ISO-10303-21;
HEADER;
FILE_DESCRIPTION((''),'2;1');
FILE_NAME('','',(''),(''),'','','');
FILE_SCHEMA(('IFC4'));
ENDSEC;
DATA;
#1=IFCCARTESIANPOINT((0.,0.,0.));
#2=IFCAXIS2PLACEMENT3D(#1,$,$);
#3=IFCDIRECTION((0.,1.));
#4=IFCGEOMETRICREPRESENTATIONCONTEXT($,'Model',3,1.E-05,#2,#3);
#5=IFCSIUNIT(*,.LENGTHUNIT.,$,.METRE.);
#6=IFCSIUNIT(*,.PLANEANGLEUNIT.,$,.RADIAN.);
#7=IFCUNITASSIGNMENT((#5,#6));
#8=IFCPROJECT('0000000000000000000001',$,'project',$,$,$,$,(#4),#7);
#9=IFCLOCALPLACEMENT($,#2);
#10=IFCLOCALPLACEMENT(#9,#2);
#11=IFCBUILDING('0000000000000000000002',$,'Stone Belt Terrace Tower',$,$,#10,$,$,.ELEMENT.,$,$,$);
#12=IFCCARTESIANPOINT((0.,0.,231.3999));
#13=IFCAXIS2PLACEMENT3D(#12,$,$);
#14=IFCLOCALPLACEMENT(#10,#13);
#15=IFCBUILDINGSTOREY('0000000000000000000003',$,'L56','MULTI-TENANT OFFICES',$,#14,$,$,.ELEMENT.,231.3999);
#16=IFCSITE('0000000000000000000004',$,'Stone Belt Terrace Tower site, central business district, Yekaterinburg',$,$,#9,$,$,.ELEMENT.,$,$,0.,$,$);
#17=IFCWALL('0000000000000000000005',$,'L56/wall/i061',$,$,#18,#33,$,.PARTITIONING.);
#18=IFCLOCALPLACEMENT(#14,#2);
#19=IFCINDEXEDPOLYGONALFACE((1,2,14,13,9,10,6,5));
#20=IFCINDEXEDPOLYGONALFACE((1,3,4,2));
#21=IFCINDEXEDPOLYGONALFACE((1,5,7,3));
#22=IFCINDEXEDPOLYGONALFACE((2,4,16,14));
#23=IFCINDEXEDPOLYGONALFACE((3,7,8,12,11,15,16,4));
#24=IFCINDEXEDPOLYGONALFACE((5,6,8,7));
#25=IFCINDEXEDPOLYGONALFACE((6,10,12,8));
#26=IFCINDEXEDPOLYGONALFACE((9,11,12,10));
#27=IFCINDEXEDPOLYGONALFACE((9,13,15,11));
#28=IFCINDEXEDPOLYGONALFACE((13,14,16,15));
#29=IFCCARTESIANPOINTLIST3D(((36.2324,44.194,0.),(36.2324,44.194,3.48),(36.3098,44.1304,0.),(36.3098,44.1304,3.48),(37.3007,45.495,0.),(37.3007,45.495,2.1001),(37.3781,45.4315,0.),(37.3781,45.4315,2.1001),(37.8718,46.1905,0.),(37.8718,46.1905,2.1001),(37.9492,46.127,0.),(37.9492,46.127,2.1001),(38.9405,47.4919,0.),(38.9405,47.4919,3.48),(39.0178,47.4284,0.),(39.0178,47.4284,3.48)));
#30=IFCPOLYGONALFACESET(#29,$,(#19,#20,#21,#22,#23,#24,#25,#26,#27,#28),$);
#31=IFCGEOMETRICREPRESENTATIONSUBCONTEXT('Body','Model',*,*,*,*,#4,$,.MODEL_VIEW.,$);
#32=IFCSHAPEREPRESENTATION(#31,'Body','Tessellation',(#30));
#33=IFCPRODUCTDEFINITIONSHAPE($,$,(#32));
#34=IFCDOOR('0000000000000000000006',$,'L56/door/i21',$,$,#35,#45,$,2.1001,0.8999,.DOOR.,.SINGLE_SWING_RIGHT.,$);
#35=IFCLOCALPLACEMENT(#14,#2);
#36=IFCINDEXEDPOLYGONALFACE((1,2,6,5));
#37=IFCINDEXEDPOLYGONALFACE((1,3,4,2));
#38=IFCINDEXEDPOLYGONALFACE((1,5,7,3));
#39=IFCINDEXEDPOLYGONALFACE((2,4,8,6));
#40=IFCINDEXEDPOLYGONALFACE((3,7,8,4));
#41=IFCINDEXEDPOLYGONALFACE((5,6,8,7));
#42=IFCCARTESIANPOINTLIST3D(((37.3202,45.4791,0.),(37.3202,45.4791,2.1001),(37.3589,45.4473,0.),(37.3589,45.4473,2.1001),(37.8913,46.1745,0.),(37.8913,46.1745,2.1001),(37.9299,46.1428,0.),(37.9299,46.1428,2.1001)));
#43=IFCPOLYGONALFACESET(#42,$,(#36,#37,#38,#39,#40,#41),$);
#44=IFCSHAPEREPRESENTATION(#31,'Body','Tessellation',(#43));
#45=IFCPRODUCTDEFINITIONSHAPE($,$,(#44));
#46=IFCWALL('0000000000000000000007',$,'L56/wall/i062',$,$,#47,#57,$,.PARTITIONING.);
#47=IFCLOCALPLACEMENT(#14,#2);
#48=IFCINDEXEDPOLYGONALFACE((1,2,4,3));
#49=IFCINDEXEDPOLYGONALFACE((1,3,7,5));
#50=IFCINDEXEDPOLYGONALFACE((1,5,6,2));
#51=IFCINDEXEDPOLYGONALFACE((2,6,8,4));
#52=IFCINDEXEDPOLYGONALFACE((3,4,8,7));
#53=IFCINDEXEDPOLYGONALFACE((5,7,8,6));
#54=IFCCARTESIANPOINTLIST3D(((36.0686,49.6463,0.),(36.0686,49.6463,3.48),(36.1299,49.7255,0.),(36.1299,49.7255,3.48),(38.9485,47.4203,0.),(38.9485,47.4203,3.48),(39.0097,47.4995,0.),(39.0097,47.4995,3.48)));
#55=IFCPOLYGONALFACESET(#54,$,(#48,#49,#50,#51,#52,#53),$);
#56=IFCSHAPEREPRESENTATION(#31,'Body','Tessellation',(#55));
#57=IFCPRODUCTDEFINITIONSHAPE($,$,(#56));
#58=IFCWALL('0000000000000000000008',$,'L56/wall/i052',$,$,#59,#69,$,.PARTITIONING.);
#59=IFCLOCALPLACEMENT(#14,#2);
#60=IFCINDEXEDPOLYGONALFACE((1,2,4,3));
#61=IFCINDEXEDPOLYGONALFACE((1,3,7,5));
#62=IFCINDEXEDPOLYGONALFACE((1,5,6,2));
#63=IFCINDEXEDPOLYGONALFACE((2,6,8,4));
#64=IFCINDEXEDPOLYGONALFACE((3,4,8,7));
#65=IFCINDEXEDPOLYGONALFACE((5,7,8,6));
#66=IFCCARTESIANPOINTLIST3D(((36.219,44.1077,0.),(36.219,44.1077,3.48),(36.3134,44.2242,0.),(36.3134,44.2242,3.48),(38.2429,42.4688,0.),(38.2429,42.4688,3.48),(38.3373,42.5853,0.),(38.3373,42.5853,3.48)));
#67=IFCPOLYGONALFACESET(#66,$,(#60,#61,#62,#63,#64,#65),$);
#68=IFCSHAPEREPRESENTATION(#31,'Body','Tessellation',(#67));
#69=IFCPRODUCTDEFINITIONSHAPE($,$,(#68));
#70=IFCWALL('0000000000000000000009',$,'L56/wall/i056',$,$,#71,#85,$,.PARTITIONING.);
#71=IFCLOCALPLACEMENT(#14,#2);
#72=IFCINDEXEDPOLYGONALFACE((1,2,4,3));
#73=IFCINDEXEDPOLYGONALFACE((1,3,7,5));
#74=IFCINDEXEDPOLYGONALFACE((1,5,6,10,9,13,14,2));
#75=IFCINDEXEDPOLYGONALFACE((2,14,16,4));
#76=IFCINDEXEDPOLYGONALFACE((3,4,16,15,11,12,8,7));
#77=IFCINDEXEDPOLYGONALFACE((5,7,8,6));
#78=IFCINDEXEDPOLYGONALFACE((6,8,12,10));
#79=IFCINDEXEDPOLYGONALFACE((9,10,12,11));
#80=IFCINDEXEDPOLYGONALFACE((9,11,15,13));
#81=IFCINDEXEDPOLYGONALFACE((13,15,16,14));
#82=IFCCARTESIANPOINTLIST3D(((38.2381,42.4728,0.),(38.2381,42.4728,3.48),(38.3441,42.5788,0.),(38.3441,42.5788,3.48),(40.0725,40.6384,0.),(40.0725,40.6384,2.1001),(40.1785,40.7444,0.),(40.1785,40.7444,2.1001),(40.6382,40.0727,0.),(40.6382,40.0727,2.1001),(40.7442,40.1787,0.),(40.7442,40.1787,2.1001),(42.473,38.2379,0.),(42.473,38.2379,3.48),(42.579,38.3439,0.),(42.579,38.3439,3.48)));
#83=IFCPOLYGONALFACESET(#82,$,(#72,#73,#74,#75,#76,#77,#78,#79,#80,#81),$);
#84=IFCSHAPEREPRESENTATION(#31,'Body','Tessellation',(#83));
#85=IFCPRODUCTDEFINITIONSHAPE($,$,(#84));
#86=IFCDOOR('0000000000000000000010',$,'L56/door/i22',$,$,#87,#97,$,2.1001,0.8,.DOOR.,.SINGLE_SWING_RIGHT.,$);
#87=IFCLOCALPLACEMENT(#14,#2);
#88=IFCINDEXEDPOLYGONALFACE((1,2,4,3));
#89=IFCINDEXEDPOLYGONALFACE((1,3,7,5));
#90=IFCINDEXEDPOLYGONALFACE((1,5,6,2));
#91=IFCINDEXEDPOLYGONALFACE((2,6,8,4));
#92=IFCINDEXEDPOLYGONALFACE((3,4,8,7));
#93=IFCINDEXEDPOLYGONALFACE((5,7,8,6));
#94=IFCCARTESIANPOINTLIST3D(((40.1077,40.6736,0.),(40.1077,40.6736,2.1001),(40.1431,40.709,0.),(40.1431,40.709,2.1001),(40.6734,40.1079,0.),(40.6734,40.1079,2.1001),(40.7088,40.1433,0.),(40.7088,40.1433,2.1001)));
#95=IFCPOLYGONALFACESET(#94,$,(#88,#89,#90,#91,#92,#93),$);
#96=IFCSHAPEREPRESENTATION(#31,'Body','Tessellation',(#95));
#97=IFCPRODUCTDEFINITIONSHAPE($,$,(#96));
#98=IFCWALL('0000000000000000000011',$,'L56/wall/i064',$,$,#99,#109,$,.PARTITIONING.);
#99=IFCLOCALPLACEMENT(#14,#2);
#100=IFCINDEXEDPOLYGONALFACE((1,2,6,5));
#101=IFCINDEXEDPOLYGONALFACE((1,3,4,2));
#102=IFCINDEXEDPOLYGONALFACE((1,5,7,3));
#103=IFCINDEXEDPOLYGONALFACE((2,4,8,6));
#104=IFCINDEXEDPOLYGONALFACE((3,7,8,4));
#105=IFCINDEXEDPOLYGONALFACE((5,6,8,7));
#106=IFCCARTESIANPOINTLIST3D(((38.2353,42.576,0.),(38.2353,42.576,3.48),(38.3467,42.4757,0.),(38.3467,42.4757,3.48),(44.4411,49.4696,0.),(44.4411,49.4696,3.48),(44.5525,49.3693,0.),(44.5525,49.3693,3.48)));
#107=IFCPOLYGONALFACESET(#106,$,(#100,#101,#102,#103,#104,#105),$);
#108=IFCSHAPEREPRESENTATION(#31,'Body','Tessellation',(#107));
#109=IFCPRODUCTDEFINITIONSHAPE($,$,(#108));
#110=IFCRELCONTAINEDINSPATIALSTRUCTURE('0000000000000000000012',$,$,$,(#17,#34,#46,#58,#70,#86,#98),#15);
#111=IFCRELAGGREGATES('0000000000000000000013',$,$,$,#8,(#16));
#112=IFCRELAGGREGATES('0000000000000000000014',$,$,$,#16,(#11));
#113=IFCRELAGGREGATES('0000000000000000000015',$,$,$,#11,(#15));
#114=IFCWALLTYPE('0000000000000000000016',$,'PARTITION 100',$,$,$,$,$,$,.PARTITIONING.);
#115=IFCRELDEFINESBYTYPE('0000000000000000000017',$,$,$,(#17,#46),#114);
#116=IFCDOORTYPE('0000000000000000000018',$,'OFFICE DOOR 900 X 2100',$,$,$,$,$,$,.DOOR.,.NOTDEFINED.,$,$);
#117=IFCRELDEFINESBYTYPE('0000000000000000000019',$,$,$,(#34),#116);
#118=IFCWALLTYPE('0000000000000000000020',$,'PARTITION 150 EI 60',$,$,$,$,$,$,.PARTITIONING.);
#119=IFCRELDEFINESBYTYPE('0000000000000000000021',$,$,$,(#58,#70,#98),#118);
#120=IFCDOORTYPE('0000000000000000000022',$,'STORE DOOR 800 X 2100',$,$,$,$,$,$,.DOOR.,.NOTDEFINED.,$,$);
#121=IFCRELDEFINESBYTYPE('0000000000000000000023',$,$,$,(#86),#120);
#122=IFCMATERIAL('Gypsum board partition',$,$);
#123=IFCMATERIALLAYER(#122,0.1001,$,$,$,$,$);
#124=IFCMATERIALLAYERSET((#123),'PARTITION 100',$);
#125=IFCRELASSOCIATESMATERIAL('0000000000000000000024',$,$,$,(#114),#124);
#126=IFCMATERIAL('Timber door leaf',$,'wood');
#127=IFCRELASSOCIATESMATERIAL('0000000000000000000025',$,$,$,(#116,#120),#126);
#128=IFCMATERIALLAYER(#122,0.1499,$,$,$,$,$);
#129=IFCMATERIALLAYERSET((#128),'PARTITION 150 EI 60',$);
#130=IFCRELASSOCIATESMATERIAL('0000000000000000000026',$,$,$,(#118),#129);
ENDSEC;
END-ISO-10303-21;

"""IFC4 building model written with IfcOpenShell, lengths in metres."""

from ifc_helpers import new_model, si_unit, direction, frame, frame_2d, origin, place, context, subcontext, project, spatial, rectangle, extrude, material, layer, layer_set, type_object, element, fill, save


model = new_model("IFC4")

# Units and contexts
model_context = context("Model", 3, precision=1e-05, world=origin(), true_north=direction((0.0, 1.0)))
body_context = subcontext(model_context, "Body", "Model", "MODEL_VIEW")
ifc_project = project(units=[si_unit("LENGTHUNIT", "METRE"), si_unit("PLANEANGLEUNIT", "RADIAN")], contexts=[model_context])

# Site, building, storey
site_placement = place(None, origin())
site = spatial("IfcSite", under=ifc_project, at=site_placement, Name="Stone Belt Terrace Tower site, central business district, Yekaterinburg", CompositionType="ELEMENT", RefElevation=0.0)
building_placement = place(site_placement, origin())
building = spatial("IfcBuilding", under=site, at=building_placement, Name="Stone Belt Terrace Tower", CompositionType="ELEMENT")
storey_placement = place(building_placement, frame((0.0, 0.0, 231.3999)))
storey = spatial("IfcBuildingStorey", under=building, at=storey_placement, Name="L56", Description="MULTI-TENANT OFFICES", CompositionType="ELEMENT", Elevation=231.3999)

# Wall, opening, door
ifc_material_1 = material(Name="Gypsum board partition")
ifc_layer_1 = layer(ifc_material_1, 0.1001)
ifc_layer_set_1 = layer_set([ifc_layer_1], Name="PARTITION 100")
wall_type_1 = type_object("IfcWallType", Name="PARTITION 100", PredefinedType="PARTITIONING", material=ifc_layer_set_1)
wall_1_placement = place(storey_placement, frame((36.271, 44.1621, 0.0), z_axis=(0.0, 0.0, 1.0), x_axis=(0.634608, 0.772834, 0.0)))
wall_1 = element("IfcWall", 1, at=wall_1_placement, inside=storey, type_object=wall_type_1, Name="L56/wall/i061", PredefinedType="PARTITIONING", context=body_context, shape_type="SweptSolid", body=[
    extrude(rectangle(XDim=4.2673, YDim=0.1001, at=frame_2d((2.1338, 0.0))), origin(), (0.0, 0.0, 1.0), 3.48),
])
opening_1_placement = place(wall_1_placement, frame((1.6836, 0.0, 0.0)))
opening_1 = element("IfcOpeningElement", 2, at=opening_1_placement, cuts=wall_1, PredefinedType="OPENING", context=body_context, shape_type="SweptSolid", body=[
    extrude(rectangle(XDim=0.8999, YDim=2.1001, at=frame_2d((0.45, 1.05))), frame((0.0, 0.0601, 0.0), z_axis=(0.0, -1.0, 0.0), x_axis=(1.0, 0.0, 0.0)), (0.0, 0.0, 1.0), 0.1201),
])
ifc_material_2 = material(Name="Timber door leaf", Category="wood")
door_type_1 = type_object("IfcDoorType", Name="OFFICE DOOR 900 X 2100", OperationType="NOTDEFINED", PredefinedType="DOOR", material=ifc_material_2)
door_1_placement = place(opening_1_placement, origin())
door_1 = element("IfcDoor", 3, at=door_1_placement, inside=storey, type_object=door_type_1, Name="L56/door/i21", OperationType="SINGLE_SWING_RIGHT", OverallHeight=2.1001, OverallWidth=0.8999, PredefinedType="DOOR", context=body_context, shape_type="SweptSolid", body=[
    extrude(rectangle(XDim=0.8999, YDim=2.1001, at=frame_2d((0.45, 1.05))), frame((0.0, 0.0249, 0.0), z_axis=(0.0, -1.0, 0.0), x_axis=(1.0, 0.0, 0.0)), (0.0, 0.0, 1.0), 0.05),
])
fill(opening_1, door_1)

# Walls
wall_2_placement = place(storey_placement, frame((38.979, 47.46, 0.0), z_axis=(0.0, 0.0, 1.0), x_axis=(-0.791191, 0.61157, 0.0)))
element("IfcWall", 4, at=wall_2_placement, inside=storey, type_object=wall_type_1, Name="L56/wall/i062", PredefinedType="PARTITIONING", context=body_context, shape_type="SweptSolid", body=[
    extrude(rectangle(XDim=3.6399, YDim=0.1001, at=frame_2d((1.8198, 0.0))), origin(), (0.0, 0.0, 1.0), 3.48),
])
ifc_layer_2 = layer(ifc_material_1, 0.1499)
ifc_layer_set_2 = layer_set([ifc_layer_2], Name="PARTITION 150 EI 60")
wall_type_2 = type_object("IfcWallType", Name="PARTITION 150 EI 60", PredefinedType="PARTITIONING", material=ifc_layer_set_2)
wall_3_placement = place(storey_placement, frame((36.2661, 44.166, 0.0), z_axis=(0.0, 0.0, 1.0), x_axis=(0.777151, -0.629314, 0.0)))
element("IfcWall", 5, at=wall_3_placement, inside=storey, type_object=wall_type_2, Name="L56/wall/i052", PredefinedType="PARTITIONING", context=body_context, shape_type="SweptSolid", body=[
    extrude(rectangle(XDim=2.6042, YDim=0.1499, at=frame_2d((1.3022, 0.0))), origin(), (0.0, 0.0, 1.0), 3.48),
])

# Wall, opening, door
wall_4_placement = place(storey_placement, frame((38.291, 42.5259, 0.0), z_axis=(0.0, 0.0, 1.0), x_axis=(0.707107, -0.707107, 0.0)))
wall_4 = element("IfcWall", 6, at=wall_4_placement, inside=storey, type_object=wall_type_2, Name="L56/wall/i056", PredefinedType="PARTITIONING", context=body_context, shape_type="SweptSolid", body=[
    extrude(rectangle(XDim=5.989, YDim=0.1499, at=frame_2d((2.9946, 0.0))), origin(), (0.0, 0.0, 1.0), 3.48),
])
opening_2_placement = place(wall_4_placement, frame((2.5945, 0.0, 0.0)))
opening_2 = element("IfcOpeningElement", 7, at=opening_2_placement, cuts=wall_4, PredefinedType="OPENING", context=body_context, shape_type="SweptSolid", body=[
    extrude(rectangle(XDim=0.8, YDim=2.1001, at=frame_2d((0.3999, 1.05))), frame((0.0, 0.085, 0.0), z_axis=(0.0, -1.0, 0.0), x_axis=(1.0, 0.0, 0.0)), (0.0, 0.0, 1.0), 0.1699),
])
door_type_2 = type_object("IfcDoorType", Name="STORE DOOR 800 X 2100", OperationType="NOTDEFINED", PredefinedType="DOOR", material=ifc_material_2)
door_2_placement = place(opening_2_placement, origin())
door_2 = element("IfcDoor", 8, at=door_2_placement, inside=storey, type_object=door_type_2, Name="L56/door/i22", OperationType="SINGLE_SWING_RIGHT", OverallHeight=2.1001, OverallWidth=0.8, PredefinedType="DOOR", context=body_context, shape_type="SweptSolid", body=[
    extrude(rectangle(XDim=0.8, YDim=2.1001, at=frame_2d((0.3999, 1.05))), frame((0.0, 0.0249, 0.0), z_axis=(0.0, -1.0, 0.0), x_axis=(1.0, 0.0, 0.0)), (0.0, 0.0, 1.0), 0.05),
])
fill(opening_2, door_2)

# Wall
wall_5_placement = place(storey_placement, frame((44.4968, 49.4194, 0.0), z_axis=(0.0, 0.0, 1.0), x_axis=(-0.669061, -0.743208, 0.0)))
element("IfcWall", 9, at=wall_5_placement, inside=storey, type_object=wall_type_2, Name="L56/wall/i064", PredefinedType="PARTITIONING", context=body_context, shape_type="SweptSolid", body=[
    extrude(rectangle(XDim=9.2754, YDim=0.1499, at=frame_2d((4.6377, 0.0))), origin(), (0.0, 0.0, 1.0), 3.48),
])

save(model, "model.ifc")
